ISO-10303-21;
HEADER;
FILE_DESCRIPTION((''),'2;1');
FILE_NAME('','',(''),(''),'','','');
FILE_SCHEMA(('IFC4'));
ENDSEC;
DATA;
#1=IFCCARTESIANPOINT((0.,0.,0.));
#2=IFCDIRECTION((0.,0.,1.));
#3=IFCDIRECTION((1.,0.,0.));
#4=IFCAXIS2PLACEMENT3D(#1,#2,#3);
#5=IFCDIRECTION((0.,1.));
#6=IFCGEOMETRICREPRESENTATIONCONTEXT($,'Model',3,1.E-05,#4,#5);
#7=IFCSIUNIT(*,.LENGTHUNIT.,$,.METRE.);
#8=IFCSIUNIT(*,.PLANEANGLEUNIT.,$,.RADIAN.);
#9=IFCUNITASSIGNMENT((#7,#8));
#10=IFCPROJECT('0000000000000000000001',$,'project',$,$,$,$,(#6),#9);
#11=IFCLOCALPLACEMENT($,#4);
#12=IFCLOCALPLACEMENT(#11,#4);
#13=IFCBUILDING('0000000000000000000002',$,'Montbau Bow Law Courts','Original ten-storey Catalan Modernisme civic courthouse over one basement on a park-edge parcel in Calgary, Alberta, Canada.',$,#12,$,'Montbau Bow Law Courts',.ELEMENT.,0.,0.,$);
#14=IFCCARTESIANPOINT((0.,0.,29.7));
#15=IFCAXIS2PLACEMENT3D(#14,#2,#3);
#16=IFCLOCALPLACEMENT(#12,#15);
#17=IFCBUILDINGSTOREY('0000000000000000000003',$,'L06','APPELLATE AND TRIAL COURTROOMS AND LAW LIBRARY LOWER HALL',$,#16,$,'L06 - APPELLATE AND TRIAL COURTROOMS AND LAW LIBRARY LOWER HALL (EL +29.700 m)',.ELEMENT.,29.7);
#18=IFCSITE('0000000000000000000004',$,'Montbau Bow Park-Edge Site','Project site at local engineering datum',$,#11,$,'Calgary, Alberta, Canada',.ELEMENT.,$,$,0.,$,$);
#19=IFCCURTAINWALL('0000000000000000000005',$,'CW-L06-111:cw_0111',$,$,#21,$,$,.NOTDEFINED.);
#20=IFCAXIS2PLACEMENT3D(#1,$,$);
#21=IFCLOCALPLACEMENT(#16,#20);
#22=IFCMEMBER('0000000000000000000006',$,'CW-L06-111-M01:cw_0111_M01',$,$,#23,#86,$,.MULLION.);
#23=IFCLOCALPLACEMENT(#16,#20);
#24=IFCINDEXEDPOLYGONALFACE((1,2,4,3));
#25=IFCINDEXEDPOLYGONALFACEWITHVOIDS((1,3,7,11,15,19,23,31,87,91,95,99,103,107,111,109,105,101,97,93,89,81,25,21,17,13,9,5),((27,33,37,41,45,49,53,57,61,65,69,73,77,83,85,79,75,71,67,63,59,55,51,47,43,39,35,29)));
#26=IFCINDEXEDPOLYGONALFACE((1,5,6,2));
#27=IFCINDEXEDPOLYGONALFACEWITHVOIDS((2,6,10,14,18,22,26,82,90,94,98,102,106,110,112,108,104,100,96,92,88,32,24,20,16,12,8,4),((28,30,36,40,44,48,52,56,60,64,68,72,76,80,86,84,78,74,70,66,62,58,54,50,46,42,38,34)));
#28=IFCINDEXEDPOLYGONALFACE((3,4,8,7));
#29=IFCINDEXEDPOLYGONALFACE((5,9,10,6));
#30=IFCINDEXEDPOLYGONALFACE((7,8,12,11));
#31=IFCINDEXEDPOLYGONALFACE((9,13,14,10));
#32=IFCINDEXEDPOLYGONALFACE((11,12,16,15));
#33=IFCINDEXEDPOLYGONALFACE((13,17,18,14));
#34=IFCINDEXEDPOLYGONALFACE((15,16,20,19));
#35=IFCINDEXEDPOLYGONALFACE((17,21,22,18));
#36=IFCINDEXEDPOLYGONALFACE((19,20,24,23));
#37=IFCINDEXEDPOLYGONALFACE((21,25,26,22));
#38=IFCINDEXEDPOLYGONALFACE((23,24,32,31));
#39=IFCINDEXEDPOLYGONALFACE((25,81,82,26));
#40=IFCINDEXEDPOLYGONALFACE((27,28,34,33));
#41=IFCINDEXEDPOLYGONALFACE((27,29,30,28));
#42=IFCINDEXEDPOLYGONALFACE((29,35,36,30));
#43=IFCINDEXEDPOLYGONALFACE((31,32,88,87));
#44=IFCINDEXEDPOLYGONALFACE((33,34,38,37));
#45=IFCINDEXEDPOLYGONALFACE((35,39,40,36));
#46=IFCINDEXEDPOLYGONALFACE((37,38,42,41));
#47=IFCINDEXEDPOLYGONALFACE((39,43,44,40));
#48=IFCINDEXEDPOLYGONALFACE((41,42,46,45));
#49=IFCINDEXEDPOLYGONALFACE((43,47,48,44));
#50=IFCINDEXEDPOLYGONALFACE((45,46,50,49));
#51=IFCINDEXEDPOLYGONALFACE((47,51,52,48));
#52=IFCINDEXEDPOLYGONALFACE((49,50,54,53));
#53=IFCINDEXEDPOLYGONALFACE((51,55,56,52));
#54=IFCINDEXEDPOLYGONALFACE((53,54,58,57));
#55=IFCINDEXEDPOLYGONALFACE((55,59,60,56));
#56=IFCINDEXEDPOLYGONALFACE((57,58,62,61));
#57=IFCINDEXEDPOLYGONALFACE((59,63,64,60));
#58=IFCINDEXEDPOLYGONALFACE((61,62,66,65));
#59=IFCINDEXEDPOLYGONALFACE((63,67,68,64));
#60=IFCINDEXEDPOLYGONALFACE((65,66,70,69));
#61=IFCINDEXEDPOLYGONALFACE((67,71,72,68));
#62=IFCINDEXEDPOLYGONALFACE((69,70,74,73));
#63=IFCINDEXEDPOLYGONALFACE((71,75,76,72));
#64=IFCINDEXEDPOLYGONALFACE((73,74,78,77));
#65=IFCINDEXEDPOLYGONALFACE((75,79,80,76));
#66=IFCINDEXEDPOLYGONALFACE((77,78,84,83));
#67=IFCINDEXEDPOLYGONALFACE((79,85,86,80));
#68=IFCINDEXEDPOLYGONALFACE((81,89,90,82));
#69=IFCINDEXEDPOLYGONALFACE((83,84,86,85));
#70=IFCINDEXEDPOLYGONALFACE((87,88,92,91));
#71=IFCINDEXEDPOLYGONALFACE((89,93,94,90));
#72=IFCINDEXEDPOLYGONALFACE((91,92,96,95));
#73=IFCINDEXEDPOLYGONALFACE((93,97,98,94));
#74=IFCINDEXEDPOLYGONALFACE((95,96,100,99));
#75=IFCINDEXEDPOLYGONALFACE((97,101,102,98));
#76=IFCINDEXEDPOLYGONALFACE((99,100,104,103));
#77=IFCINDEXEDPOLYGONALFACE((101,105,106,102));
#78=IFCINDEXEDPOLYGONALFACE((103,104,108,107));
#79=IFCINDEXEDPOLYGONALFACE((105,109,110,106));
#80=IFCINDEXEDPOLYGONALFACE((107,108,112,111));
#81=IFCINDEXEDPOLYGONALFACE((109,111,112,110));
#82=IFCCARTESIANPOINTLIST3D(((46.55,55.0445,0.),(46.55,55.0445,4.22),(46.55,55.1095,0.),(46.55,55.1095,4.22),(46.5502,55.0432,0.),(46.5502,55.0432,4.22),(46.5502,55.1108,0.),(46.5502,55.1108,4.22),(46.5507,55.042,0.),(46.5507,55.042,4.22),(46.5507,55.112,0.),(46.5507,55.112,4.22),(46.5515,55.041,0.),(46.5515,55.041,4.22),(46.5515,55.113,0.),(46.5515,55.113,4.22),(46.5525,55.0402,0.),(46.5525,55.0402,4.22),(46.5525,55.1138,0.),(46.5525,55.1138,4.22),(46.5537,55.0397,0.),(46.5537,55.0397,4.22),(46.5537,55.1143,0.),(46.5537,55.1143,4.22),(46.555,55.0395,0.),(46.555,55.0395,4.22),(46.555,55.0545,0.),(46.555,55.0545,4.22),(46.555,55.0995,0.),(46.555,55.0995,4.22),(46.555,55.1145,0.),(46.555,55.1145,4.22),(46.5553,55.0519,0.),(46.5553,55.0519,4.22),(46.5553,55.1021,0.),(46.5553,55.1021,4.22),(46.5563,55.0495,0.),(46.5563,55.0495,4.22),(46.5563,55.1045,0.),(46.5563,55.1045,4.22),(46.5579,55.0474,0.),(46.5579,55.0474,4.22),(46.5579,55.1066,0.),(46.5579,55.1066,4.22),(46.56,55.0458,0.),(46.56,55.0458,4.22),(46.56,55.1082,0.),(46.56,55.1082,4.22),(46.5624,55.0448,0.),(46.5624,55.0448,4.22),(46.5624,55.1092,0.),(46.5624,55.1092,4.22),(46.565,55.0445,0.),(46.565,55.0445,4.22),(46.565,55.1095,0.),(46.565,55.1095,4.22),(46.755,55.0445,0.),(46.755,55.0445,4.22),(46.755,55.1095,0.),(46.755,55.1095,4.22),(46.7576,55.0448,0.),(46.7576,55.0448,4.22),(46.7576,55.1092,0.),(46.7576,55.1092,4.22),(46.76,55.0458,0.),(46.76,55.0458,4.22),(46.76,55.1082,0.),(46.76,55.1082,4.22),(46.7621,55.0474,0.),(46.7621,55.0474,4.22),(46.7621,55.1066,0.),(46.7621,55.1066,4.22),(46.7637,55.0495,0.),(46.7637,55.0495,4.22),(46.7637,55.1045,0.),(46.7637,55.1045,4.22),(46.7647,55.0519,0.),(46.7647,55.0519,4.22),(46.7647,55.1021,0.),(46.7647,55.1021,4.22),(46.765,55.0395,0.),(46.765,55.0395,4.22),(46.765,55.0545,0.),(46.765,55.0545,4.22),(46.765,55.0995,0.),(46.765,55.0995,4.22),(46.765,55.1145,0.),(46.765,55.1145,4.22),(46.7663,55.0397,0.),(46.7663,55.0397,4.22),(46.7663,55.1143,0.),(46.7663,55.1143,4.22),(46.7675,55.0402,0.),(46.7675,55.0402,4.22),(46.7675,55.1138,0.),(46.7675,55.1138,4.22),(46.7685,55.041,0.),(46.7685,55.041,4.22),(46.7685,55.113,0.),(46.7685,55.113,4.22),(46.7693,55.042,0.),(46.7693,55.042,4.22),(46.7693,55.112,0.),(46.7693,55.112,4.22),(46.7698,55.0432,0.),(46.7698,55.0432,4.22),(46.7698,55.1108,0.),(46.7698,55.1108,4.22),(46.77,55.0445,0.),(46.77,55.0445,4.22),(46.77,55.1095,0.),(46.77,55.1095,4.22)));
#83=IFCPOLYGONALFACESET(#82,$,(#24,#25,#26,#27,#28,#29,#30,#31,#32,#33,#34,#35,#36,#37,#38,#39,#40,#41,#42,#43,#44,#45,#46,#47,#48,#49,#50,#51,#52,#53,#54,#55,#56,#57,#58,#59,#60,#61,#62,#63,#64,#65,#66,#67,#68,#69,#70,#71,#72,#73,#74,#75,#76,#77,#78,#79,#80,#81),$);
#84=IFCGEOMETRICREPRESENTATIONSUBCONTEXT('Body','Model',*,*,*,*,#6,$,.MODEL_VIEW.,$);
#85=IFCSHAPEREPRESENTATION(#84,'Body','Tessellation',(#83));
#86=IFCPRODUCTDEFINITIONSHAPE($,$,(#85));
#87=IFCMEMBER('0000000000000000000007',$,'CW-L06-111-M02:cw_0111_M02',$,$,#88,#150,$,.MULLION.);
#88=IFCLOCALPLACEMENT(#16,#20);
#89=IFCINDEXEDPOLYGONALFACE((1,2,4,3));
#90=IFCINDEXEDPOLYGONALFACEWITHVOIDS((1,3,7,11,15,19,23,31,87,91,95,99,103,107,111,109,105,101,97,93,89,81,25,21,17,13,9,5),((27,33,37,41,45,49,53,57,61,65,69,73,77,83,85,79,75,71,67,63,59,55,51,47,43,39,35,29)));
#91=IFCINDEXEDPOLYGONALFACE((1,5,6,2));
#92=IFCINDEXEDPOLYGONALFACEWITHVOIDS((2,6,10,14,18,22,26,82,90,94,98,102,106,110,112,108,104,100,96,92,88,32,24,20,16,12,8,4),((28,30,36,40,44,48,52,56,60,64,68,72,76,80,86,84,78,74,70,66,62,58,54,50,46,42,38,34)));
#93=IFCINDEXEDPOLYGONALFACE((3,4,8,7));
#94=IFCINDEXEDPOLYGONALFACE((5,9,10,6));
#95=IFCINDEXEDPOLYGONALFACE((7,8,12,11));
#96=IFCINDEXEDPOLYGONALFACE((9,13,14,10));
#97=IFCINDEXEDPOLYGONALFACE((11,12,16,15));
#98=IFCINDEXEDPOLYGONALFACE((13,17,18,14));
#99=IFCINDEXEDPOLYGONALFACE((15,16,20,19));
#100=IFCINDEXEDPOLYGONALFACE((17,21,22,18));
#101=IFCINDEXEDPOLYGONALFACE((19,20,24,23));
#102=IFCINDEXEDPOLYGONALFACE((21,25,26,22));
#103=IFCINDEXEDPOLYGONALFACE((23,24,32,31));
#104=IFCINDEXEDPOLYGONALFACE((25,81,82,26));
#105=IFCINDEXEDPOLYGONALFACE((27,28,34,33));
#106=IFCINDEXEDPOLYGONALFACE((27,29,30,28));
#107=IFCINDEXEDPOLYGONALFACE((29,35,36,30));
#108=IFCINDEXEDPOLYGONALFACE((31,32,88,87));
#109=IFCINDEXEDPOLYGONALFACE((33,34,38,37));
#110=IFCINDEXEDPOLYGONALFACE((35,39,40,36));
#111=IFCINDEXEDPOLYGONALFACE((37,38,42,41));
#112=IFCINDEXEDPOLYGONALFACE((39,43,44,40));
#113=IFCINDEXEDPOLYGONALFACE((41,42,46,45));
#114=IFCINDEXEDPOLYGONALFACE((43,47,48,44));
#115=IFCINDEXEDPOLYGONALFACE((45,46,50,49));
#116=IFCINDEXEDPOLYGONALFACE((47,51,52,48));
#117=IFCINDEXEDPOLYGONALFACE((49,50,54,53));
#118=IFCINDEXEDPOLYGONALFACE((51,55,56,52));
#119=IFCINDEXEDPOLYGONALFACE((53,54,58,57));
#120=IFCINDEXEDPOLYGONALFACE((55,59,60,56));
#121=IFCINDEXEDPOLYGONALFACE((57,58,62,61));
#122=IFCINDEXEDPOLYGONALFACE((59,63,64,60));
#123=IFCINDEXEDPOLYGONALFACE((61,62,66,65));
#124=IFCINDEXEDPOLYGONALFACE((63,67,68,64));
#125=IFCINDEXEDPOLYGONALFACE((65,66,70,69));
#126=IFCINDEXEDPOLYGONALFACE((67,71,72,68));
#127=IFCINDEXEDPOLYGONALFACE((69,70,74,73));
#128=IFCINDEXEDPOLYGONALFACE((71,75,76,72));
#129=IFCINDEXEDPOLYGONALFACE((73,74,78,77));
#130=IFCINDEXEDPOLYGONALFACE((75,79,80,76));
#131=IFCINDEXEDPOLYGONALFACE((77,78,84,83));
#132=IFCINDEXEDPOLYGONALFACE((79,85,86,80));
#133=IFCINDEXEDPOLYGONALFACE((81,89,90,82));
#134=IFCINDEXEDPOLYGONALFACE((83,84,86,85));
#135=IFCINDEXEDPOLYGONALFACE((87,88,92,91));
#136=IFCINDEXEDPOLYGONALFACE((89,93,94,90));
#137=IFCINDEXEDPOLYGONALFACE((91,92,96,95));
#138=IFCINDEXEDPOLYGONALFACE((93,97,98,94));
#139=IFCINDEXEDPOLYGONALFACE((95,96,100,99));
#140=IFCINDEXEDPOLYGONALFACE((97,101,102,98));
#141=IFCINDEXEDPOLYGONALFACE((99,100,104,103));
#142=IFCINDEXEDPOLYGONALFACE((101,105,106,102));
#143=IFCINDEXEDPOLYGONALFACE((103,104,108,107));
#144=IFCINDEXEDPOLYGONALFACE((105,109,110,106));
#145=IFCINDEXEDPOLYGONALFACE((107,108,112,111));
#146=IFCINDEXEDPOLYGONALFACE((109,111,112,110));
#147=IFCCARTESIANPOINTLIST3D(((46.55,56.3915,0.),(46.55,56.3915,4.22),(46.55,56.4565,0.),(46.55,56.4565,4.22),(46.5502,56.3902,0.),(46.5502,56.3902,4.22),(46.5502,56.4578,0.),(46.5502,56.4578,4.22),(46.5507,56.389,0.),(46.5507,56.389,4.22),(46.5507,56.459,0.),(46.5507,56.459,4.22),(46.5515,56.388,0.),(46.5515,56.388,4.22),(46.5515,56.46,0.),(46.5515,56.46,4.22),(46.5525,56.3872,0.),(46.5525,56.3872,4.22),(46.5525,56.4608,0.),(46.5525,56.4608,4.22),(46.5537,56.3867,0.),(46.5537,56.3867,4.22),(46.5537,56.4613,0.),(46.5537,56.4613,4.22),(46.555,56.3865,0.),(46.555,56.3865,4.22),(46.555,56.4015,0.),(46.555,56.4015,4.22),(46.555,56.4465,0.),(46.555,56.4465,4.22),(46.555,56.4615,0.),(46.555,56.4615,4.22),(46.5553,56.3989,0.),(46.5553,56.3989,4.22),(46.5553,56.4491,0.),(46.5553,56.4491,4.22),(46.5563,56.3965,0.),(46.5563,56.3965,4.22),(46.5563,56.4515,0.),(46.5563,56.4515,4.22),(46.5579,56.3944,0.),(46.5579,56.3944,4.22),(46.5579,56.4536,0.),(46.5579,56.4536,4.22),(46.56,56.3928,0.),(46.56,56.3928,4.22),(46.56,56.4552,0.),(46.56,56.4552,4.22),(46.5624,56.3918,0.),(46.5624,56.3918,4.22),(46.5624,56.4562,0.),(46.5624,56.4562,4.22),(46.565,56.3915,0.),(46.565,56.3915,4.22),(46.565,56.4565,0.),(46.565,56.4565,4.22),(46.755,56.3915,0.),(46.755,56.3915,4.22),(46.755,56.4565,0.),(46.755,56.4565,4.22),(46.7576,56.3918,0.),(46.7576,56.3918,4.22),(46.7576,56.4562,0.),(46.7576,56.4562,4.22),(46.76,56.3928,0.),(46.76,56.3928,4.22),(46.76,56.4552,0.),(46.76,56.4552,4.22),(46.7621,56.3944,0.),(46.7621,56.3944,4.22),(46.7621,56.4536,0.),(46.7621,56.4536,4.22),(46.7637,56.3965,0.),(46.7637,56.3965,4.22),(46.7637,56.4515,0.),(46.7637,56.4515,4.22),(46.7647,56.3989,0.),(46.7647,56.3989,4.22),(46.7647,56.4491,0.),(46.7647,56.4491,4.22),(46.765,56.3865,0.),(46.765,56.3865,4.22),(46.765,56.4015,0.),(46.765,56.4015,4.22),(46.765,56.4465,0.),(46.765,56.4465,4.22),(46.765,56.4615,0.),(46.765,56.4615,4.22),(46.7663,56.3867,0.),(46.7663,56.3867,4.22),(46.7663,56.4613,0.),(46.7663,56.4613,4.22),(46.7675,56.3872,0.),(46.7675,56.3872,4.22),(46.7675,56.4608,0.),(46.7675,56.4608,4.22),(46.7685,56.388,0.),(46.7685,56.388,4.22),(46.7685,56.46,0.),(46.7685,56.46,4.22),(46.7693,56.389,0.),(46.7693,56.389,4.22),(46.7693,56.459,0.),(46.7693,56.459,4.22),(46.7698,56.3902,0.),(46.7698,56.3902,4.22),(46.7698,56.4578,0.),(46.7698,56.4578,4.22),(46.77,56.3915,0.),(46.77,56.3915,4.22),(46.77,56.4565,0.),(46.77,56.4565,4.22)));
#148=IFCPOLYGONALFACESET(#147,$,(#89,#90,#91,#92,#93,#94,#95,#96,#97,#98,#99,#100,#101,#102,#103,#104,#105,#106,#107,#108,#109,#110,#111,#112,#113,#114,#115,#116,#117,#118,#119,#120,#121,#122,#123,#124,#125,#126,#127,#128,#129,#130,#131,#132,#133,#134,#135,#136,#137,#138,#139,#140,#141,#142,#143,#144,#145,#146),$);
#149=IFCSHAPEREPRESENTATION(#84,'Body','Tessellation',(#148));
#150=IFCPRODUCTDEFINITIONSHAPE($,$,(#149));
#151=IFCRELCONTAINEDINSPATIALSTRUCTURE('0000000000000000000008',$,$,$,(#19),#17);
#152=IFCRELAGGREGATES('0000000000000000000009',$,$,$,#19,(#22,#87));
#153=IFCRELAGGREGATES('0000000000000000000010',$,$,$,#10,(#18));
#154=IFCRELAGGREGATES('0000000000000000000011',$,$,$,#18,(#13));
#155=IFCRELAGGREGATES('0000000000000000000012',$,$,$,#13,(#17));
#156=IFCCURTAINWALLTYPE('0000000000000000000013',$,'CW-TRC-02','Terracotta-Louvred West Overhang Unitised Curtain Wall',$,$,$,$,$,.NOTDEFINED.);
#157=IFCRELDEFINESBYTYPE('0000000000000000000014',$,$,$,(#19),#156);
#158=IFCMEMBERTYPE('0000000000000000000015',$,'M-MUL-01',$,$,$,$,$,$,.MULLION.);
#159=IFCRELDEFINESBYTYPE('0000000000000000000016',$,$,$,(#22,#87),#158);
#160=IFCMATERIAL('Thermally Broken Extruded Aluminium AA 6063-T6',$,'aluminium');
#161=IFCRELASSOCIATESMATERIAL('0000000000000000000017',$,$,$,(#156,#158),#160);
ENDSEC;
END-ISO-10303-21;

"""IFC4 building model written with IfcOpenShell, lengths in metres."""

from ifc_helpers import new_model, si_unit, direction, frame, origin_with_axes, origin_2d_with_axis, place, context, subcontext, project, spatial, hollow_rectangle, extrude, material, material_profile, profile_set, type_object, element, aggregate, save


model = new_model("IFC4")

# Units and contexts
model_context = context("Model", 3, precision=1e-05, world=origin_with_axes(), true_north=direction((0.0, 1.0)))
body_context = subcontext(model_context, "Body", "Model", "MODEL_VIEW")
ifc_project = project(units=[si_unit("LENGTHUNIT", "METRE"), si_unit("PLANEANGLEUNIT", "RADIAN")], contexts=[model_context])

# Site, building, storey
site_placement = place(None, origin_with_axes())
site = spatial("IfcSite", under=ifc_project, at=site_placement, Name="Montbau Bow Park-Edge Site", Description="Project site at local engineering datum", LongName="Calgary, Alberta, Canada", CompositionType="ELEMENT", RefElevation=0.0)
building_placement = place(site_placement, origin_with_axes())
building = spatial("IfcBuilding", under=site, at=building_placement, Name="Montbau Bow Law Courts", Description="Original ten-storey Catalan Modernisme civic courthouse over one basement on a park-edge parcel in Calgary, Alberta, Canada.", LongName="Montbau Bow Law Courts", CompositionType="ELEMENT", ElevationOfRefHeight=0.0, ElevationOfTerrain=0.0)
storey_placement = place(building_placement, frame((0.0, 0.0, 29.7), z_axis=(0.0, 0.0, 1.0), x_axis=(1.0, 0.0, 0.0)))
storey = spatial("IfcBuildingStorey", under=building, at=storey_placement, Name="L06", Description="APPELLATE AND TRIAL COURTROOMS AND LAW LIBRARY LOWER HALL", LongName="L06 - APPELLATE AND TRIAL COURTROOMS AND LAW LIBRARY LOWER HALL (EL +29.700 m)", CompositionType="ELEMENT", Elevation=29.7)

# Curtain wall, members
ifc_material_1 = material(Name="Thermally Broken Extruded Aluminium AA 6063-T6", Category="aluminium")
curtain_wall_type = type_object("IfcCurtainWallType", Name="CW-TRC-02", Description="Terracotta-Louvred West Overhang Unitised Curtain Wall", PredefinedType="NOTDEFINED", material=ifc_material_1)
curtain_wall_1_placement = place(None, frame((46.66, 55.04, 29.7), z_axis=(0.0, 0.0, 1.0), x_axis=(1.0, 0.0, 0.0)))
curtain_wall_1 = element("IfcCurtainWall", 1, at=curtain_wall_1_placement, inside=storey, type_object=curtain_wall_type, Name="CW-L06-111:cw_0111", PredefinedType="NOTDEFINED")
ifc_material_profile_1 = material_profile(ifc_material_1, hollow_rectangle(XDim=0.075, YDim=0.22, WallThickness=0.005, InnerFilletRadius=0.01, OuterFilletRadius=0.005, at=origin_2d_with_axis()), Name="CWM-220X75", Category="Main", Priority=0)
ifc_profile_set_1 = profile_set([ifc_material_profile_1], Name="Thermally Broken Extruded Aluminium AA 6063-T6")
member_type_1 = type_object("IfcMemberType", Name="M-MUL-01", PredefinedType="MULLION", material=ifc_profile_set_1)
member_1_placement = place(None, frame((46.66, 55.077, 29.7), z_axis=(0.0, 0.0, 1.0), x_axis=(0.0, 1.0, 0.0)))
member_1 = element("IfcMember", 2, at=member_1_placement, type_object=member_type_1, Name="CW-L06-111-M01:cw_0111_M01", PredefinedType="MULLION", context=body_context, shape_type="SweptSolid", body=[
    extrude(hollow_rectangle(XDim=0.075, YDim=0.22, WallThickness=0.005, InnerFilletRadius=0.01, OuterFilletRadius=0.005, at=origin_2d_with_axis()), origin_with_axes(), (0.0, 0.0, 1.0), 4.22),
])
member_2_placement = place(None, frame((46.66, 56.424, 29.7), z_axis=(0.0, 0.0, 1.0), x_axis=(0.0, 1.0, 0.0)))
member_2 = element("IfcMember", 3, at=member_2_placement, type_object=member_type_1, Name="CW-L06-111-M02:cw_0111_M02", PredefinedType="MULLION", context=body_context, shape_type="SweptSolid", body=[
    extrude(hollow_rectangle(XDim=0.075, YDim=0.22, WallThickness=0.005, InnerFilletRadius=0.01, OuterFilletRadius=0.005, at=origin_2d_with_axis()), origin_with_axes(), (0.0, 0.0, 1.0), 4.22),
])

aggregate(curtain_wall_1, [member_1, member_2])

save(model, "model.ifc")
